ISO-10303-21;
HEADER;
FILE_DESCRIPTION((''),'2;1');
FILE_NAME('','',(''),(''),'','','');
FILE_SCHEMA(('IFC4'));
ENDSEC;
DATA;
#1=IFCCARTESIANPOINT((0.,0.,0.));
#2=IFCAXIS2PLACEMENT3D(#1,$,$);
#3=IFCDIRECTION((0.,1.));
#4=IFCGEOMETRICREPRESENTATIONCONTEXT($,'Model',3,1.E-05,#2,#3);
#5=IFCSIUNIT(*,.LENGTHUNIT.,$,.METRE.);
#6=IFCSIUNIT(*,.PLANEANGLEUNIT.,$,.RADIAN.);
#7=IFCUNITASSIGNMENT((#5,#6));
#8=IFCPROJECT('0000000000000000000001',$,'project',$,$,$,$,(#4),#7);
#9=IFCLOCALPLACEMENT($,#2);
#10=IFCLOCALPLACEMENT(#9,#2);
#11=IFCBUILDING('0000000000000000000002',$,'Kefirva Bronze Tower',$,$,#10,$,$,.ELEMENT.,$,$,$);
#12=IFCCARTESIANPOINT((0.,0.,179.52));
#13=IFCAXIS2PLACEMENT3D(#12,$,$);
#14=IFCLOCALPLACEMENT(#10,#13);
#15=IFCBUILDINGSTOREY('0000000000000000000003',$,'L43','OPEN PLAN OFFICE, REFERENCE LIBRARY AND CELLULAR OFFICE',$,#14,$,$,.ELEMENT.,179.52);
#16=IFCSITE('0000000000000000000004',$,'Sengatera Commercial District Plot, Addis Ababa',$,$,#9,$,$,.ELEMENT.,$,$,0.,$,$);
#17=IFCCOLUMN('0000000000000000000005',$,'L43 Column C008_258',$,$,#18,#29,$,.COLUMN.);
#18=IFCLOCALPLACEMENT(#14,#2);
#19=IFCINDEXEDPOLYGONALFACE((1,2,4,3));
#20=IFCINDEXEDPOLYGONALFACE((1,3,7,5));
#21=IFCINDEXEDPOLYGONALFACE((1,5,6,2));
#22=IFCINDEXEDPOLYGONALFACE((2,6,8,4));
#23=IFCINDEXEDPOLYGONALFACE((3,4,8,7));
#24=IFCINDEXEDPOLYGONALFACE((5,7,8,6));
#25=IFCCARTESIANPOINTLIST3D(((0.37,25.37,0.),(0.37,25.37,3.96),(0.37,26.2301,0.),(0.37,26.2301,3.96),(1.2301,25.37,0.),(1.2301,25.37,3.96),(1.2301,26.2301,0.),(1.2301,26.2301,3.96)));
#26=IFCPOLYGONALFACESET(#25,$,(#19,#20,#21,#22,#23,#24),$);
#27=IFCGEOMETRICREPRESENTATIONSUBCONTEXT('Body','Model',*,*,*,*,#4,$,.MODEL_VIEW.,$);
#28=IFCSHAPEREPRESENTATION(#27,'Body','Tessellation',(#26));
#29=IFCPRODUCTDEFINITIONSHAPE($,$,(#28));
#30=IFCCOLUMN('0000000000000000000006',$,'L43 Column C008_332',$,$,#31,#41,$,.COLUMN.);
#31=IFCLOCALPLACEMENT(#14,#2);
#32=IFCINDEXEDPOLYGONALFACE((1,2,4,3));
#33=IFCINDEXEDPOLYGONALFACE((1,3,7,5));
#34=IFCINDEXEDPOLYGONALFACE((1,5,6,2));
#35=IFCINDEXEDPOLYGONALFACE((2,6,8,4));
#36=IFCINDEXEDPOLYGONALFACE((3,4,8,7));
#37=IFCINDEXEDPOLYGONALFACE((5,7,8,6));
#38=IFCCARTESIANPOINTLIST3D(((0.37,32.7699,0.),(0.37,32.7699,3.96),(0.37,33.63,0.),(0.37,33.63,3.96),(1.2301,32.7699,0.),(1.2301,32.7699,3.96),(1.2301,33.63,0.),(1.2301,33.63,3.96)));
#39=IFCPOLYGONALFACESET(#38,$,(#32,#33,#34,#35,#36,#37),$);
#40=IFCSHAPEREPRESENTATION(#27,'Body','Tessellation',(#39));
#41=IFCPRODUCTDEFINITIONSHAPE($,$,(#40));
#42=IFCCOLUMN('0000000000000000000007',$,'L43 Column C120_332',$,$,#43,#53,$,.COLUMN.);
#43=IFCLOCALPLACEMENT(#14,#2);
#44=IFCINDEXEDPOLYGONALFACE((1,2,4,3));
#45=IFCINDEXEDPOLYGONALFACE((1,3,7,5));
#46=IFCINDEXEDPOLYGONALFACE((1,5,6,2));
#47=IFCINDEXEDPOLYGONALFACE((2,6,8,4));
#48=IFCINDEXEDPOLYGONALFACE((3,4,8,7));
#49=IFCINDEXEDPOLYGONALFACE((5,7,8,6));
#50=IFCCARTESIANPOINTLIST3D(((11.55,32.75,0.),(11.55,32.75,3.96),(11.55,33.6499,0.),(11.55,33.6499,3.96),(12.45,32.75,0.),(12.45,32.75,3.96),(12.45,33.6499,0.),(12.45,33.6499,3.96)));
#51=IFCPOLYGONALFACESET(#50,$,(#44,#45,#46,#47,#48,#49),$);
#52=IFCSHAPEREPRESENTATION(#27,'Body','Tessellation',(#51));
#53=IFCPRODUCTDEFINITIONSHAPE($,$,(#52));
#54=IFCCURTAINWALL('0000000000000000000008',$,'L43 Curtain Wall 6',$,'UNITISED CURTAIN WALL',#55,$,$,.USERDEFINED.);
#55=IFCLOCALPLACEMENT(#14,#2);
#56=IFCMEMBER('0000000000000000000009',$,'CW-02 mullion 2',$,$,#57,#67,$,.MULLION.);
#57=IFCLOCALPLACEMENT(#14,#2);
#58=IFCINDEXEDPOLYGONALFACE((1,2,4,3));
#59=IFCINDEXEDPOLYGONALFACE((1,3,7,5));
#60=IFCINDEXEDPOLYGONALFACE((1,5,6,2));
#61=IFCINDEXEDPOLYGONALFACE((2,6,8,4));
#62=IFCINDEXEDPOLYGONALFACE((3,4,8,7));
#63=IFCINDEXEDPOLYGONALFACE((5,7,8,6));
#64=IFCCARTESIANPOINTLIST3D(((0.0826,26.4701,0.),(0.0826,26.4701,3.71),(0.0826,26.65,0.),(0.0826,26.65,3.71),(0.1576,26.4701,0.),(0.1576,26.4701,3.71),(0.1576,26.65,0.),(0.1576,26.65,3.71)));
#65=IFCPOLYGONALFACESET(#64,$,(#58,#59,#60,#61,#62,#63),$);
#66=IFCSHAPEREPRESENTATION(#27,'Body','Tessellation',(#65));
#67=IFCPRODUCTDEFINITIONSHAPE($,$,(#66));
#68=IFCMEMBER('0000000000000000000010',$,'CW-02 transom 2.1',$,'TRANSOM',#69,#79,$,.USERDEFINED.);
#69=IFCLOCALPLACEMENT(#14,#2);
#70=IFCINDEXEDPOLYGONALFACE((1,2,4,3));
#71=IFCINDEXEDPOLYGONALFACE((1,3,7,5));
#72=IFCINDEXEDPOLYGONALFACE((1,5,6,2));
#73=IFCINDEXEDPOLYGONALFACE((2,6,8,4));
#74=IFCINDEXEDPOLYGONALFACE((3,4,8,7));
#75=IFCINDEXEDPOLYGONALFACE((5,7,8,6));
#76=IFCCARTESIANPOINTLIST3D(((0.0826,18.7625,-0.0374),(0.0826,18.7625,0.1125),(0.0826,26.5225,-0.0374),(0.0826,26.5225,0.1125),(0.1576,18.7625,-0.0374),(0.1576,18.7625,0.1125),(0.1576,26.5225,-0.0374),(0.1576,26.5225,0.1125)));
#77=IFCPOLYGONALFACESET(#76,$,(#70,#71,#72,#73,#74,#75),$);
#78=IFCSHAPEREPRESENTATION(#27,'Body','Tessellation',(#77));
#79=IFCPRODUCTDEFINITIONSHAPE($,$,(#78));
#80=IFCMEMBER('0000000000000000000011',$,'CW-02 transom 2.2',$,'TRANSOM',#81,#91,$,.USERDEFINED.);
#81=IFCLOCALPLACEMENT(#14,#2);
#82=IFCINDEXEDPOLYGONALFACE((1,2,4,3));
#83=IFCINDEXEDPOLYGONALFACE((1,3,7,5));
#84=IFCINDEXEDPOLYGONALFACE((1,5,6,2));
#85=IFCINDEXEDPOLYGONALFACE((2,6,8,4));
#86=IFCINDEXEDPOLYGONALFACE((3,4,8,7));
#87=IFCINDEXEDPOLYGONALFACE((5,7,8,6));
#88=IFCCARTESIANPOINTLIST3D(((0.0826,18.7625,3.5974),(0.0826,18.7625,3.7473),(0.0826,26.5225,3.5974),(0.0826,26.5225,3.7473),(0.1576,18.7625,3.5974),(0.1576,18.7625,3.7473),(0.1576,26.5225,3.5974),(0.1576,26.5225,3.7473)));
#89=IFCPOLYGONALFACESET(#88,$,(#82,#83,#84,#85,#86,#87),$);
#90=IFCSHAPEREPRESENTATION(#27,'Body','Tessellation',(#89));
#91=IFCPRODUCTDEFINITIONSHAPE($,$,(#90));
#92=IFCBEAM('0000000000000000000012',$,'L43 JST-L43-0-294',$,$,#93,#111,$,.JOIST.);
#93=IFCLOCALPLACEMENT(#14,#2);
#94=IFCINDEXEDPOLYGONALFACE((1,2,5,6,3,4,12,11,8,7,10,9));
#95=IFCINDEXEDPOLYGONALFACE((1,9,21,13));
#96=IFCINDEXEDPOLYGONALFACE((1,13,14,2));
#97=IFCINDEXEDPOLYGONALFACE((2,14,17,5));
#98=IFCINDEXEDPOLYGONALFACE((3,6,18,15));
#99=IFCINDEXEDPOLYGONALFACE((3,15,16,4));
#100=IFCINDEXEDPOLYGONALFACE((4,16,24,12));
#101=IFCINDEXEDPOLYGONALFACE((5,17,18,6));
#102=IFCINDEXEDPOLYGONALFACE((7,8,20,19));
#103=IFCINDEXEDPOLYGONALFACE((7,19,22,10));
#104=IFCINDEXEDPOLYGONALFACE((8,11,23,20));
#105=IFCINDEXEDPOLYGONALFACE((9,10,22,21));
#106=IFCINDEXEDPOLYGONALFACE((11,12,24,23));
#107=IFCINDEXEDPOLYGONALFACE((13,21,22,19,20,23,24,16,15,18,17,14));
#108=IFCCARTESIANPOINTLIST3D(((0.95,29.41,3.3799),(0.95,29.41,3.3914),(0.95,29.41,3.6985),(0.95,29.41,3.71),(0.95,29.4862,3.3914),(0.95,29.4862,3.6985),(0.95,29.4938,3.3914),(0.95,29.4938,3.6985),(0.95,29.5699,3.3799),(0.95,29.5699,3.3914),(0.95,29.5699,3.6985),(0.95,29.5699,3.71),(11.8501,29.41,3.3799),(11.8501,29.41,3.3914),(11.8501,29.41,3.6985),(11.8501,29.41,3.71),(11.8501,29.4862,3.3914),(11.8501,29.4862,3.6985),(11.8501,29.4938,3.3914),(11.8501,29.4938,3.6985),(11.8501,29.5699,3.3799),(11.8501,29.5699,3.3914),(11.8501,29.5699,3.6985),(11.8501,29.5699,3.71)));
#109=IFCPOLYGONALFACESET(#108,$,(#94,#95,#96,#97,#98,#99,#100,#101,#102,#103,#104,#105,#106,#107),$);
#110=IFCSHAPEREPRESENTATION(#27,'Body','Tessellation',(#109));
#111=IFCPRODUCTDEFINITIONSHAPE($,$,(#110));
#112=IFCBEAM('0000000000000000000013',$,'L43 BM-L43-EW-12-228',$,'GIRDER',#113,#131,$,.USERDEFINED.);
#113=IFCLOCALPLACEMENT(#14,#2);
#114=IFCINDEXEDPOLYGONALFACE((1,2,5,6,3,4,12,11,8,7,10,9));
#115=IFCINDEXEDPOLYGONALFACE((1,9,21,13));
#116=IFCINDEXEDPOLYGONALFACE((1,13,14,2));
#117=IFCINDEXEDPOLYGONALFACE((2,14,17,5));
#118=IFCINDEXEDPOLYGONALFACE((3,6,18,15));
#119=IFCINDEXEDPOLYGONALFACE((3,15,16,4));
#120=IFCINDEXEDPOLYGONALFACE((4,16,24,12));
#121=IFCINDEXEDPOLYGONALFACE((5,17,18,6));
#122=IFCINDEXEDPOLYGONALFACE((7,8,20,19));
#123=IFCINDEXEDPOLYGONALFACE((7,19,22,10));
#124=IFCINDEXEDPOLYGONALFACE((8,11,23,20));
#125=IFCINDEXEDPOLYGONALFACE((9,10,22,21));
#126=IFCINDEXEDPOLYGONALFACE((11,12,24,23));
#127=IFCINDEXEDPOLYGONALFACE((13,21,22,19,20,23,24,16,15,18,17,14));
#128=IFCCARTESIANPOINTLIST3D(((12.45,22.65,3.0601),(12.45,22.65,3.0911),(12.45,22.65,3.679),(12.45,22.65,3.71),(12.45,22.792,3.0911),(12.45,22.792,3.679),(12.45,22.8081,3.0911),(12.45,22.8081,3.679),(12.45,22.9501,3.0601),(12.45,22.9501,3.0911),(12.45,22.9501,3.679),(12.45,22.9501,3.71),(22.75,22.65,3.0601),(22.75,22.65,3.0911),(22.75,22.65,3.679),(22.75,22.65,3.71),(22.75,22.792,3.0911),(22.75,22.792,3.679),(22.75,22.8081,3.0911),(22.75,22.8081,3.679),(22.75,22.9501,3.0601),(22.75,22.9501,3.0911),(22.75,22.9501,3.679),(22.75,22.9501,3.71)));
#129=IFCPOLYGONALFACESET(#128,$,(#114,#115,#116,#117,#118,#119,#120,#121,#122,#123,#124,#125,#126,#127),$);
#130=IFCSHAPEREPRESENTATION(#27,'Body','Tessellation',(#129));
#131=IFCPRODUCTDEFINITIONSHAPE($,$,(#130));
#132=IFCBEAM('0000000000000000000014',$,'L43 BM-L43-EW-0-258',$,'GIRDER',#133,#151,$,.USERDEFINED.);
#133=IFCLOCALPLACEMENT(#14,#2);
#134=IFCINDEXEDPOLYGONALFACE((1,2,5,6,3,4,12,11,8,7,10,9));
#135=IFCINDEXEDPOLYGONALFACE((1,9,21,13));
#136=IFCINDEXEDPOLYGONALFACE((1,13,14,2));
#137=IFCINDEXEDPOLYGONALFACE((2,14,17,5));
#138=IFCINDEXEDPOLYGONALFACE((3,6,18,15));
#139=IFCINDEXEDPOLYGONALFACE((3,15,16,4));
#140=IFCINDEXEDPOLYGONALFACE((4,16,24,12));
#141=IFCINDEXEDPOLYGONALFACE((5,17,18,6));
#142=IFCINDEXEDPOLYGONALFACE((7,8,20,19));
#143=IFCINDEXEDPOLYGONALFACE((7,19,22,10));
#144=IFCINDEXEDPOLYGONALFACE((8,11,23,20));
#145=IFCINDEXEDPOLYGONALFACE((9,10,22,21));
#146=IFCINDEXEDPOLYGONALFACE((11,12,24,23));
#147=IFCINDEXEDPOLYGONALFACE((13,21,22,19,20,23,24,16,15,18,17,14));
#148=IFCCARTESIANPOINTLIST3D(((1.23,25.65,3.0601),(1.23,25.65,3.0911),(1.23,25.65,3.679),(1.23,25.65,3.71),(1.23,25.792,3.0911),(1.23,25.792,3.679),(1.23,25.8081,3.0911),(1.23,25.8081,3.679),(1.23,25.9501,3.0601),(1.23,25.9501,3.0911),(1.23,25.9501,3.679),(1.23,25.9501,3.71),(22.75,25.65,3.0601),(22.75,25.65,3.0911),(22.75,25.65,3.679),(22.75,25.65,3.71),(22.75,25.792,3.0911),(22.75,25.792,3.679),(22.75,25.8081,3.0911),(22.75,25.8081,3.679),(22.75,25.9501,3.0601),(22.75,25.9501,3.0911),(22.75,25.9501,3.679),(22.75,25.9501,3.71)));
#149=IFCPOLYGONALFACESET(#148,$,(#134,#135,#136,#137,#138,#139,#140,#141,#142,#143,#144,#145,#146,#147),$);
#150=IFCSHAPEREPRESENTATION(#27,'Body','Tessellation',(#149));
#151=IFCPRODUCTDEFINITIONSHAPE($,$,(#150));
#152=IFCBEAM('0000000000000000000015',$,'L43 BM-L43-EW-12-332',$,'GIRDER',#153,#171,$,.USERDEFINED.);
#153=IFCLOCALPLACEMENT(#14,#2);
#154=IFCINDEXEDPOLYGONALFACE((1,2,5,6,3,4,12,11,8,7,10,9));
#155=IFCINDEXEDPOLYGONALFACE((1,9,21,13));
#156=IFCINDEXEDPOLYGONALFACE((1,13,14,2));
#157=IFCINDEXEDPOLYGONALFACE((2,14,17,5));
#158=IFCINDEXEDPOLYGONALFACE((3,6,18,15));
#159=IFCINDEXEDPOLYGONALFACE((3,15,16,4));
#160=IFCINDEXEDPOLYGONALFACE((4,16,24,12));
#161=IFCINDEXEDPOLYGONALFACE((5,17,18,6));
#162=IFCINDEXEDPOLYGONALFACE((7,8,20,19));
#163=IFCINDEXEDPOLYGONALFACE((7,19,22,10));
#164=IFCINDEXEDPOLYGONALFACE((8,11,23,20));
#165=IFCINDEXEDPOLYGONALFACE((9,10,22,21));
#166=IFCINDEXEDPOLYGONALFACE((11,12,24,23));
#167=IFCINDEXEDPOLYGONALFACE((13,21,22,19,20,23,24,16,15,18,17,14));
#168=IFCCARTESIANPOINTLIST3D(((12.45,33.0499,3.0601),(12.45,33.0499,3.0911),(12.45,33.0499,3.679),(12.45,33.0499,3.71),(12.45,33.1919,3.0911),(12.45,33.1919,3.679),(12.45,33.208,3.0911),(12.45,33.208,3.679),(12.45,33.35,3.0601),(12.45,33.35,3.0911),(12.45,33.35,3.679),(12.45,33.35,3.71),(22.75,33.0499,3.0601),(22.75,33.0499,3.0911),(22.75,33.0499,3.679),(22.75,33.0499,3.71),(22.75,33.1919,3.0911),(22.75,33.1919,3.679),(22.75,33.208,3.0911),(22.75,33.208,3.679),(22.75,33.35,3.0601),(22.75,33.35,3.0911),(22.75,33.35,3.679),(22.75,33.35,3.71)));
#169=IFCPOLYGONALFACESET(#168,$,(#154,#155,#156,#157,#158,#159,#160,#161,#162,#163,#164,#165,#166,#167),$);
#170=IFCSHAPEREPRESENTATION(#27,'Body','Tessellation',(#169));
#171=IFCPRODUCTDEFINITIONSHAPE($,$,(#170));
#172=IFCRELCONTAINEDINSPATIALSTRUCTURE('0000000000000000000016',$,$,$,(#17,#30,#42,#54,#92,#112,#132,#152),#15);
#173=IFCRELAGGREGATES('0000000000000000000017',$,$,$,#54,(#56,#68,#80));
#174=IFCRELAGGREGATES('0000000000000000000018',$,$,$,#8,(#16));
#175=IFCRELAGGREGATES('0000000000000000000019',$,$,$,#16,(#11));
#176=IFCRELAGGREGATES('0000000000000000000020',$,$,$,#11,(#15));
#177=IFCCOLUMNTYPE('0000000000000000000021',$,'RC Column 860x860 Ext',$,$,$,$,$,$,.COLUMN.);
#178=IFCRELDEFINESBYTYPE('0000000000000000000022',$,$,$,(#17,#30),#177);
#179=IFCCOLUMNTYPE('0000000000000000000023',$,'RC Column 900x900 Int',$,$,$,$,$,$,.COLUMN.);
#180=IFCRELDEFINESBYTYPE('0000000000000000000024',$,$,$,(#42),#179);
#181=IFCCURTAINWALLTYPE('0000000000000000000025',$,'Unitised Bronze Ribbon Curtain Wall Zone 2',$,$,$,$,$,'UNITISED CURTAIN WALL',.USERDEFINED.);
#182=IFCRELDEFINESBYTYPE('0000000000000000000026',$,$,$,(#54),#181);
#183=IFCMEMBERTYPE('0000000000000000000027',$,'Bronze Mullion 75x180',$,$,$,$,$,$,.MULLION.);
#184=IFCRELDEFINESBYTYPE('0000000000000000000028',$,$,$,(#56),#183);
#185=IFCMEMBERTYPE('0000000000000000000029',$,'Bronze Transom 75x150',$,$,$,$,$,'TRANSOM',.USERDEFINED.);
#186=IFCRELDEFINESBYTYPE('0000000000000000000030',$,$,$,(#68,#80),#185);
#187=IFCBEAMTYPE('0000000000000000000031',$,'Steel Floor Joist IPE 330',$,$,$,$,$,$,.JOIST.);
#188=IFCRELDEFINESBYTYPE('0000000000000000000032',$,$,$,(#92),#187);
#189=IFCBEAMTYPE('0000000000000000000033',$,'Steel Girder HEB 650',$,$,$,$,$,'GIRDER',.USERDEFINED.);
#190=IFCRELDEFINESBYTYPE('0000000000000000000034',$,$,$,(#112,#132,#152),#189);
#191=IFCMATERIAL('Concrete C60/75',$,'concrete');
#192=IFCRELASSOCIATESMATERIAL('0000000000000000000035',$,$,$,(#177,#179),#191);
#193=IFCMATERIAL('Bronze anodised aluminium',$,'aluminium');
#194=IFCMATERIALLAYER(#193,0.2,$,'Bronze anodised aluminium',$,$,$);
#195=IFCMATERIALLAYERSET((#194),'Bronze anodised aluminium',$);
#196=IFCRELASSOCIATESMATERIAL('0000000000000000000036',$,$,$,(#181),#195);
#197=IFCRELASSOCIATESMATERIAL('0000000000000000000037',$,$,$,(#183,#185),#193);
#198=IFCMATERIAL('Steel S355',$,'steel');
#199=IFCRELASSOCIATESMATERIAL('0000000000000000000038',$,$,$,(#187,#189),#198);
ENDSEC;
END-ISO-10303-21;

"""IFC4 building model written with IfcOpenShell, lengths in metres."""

from ifc_helpers import new_model, si_unit, direction, frame, origin, origin_2d, place, context, subcontext, project, spatial, rectangle, i_section, extrude, material, layer, layer_set, material_profile, profile_set, type_object, element, aggregate, save


model = new_model("IFC4")

# Units and contexts
model_context = context("Model", 3, precision=1e-05, world=origin(), true_north=direction((0.0, 1.0)))
body_context = subcontext(model_context, "Body", "Model", "MODEL_VIEW")
ifc_project = project(units=[si_unit("LENGTHUNIT", "METRE"), si_unit("PLANEANGLEUNIT", "RADIAN")], contexts=[model_context])

# Site, building, storey
site_placement = place(None, origin())
site = spatial("IfcSite", under=ifc_project, at=site_placement, Name="Sengatera Commercial District Plot, Addis Ababa", CompositionType="ELEMENT", RefElevation=0.0)
building_placement = place(site_placement, origin())
building = spatial("IfcBuilding", under=site, at=building_placement, Name="Kefirva Bronze Tower", CompositionType="ELEMENT")
storey_placement = place(building_placement, frame((0.0, 0.0, 179.52)))
storey = spatial("IfcBuildingStorey", under=building, at=storey_placement, Name="L43", Description="OPEN PLAN OFFICE, REFERENCE LIBRARY AND CELLULAR OFFICE", CompositionType="ELEMENT", Elevation=179.52)

# Columns
ifc_material_1 = material(Name="Concrete C60/75", Category="concrete")
ifc_material_profile_1 = material_profile(ifc_material_1, rectangle(XDim=0.8601, YDim=0.8601, at=origin_2d()), Name="RC 860x860")
ifc_profile_set_1 = profile_set([ifc_material_profile_1], Name="Concrete C60/75")
column_type_1 = type_object("IfcColumnType", Name="RC Column 860x860 Ext", PredefinedType="COLUMN", material=ifc_profile_set_1)
for number, where, z_axis, x_axis, name in (
    (1, (0.8, 25.8, 0.0), (0.0, 0.0, 1.0), (1.0, 0.0, 0.0), "L43 Column C008_258"),
    (2, (0.8, 33.2, 0.0), (0.0, 0.0, 1.0), (1.0, 0.0, 0.0), "L43 Column C008_332"),
):
    element("IfcColumn", number, at=place(storey_placement, frame(where, z_axis=z_axis, x_axis=x_axis)), inside=storey, type_object=column_type_1, Name=name, PredefinedType="COLUMN", context=body_context, shape_type="SweptSolid", body=[
        extrude(rectangle(XDim=0.8601, YDim=0.8601, at=origin_2d()), origin(), (0.0, 0.0, 1.0), 3.96),
    ])
ifc_material_profile_2 = material_profile(ifc_material_1, rectangle(XDim=0.8999, YDim=0.8999, at=origin_2d()), Name="RC 900x900")
ifc_profile_set_2 = profile_set([ifc_material_profile_2], Name="Concrete C60/75")
column_type_2 = type_object("IfcColumnType", Name="RC Column 900x900 Int", PredefinedType="COLUMN", material=ifc_profile_set_2)
column_placement = place(storey_placement, frame((12.0, 33.2, 0.0), z_axis=(0.0, 0.0, 1.0), x_axis=(1.0, 0.0, 0.0)))
element("IfcColumn", 3, at=column_placement, inside=storey, type_object=column_type_2, Name="L43 Column C120_332", PredefinedType="COLUMN", context=body_context, shape_type="SweptSolid", body=[
    extrude(rectangle(XDim=0.8999, YDim=0.8999, at=origin_2d()), origin(), (0.0, 0.0, 1.0), 3.96),
])

# Curtain wall, members
ifc_material_2 = material(Name="Bronze anodised aluminium", Category="aluminium")
ifc_layer_1 = layer(ifc_material_2, 0.2, Name="Bronze anodised aluminium")
ifc_layer_set_1 = layer_set([ifc_layer_1], Name="Bronze anodised aluminium")
curtain_wall_type = type_object("IfcCurtainWallType", Name="Unitised Bronze Ribbon Curtain Wall Zone 2", ElementType="UNITISED CURTAIN WALL", PredefinedType="USERDEFINED", material=ifc_layer_set_1)
curtain_wall_placement = place(storey_placement, origin())
curtain_wall = element("IfcCurtainWall", 4, at=curtain_wall_placement, inside=storey, type_object=curtain_wall_type, Name="L43 Curtain Wall 6", ObjectType="UNITISED CURTAIN WALL", PredefinedType="USERDEFINED")
ifc_material_profile_3 = material_profile(ifc_material_2, rectangle(XDim=0.075, YDim=0.1799, at=origin_2d()), Name="ALU 75x180")
ifc_profile_set_3 = profile_set([ifc_material_profile_3], Name="Bronze anodised aluminium")
member_type_1 = type_object("IfcMemberType", Name="Bronze Mullion 75x180", PredefinedType="MULLION", material=ifc_profile_set_3)
member_1_placement = place(storey_placement, frame((0.1201, 26.5601, 0.0), z_axis=(0.0, 0.0, 1.0), x_axis=(1.0, 0.0, 0.0)))
member_1 = element("IfcMember", 5, at=member_1_placement, type_object=member_type_1, Name="CW-02 mullion 2", PredefinedType="MULLION", context=body_context, shape_type="SweptSolid", body=[
    extrude(rectangle(XDim=0.075, YDim=0.1799, at=origin_2d()), origin(), (0.0, 0.0, 1.0), 3.71),
])
ifc_material_profile_4 = material_profile(ifc_material_2, rectangle(XDim=0.075, YDim=0.1499, at=origin_2d()), Name="ALU 75x150")
ifc_profile_set_4 = profile_set([ifc_material_profile_4], Name="Bronze anodised aluminium")
member_type_2 = type_object("IfcMemberType", Name="Bronze Transom 75x150", ElementType="TRANSOM", PredefinedType="USERDEFINED", material=ifc_profile_set_4)
member_2_placement = place(storey_placement, frame((0.1201, 26.5225, 0.0376), z_axis=(0.0, -1.0, 0.0), x_axis=(1.0, 0.0, 0.0)))
member_2 = element("IfcMember", 6, at=member_2_placement, type_object=member_type_2, Name="CW-02 transom 2.1", ObjectType="TRANSOM", PredefinedType="USERDEFINED", context=body_context, shape_type="SweptSolid", body=[
    extrude(rectangle(XDim=0.075, YDim=0.1499, at=origin_2d()), origin(), (0.0, 0.0, 1.0), 7.76),
])
member_3_placement = place(storey_placement, frame((0.1201, 26.5225, 3.6724), z_axis=(0.0, -1.0, 0.0), x_axis=(1.0, 0.0, 0.0)))
member_3 = element("IfcMember", 7, at=member_3_placement, type_object=member_type_2, Name="CW-02 transom 2.2", ObjectType="TRANSOM", PredefinedType="USERDEFINED", context=body_context, shape_type="SweptSolid", body=[
    extrude(rectangle(XDim=0.075, YDim=0.1499, at=origin_2d()), origin(), (0.0, 0.0, 1.0), 7.76),
])

# Beams
ifc_material_3 = material(Name="Steel S355", Category="steel")
ifc_material_profile_5 = material_profile(ifc_material_3, i_section(OverallWidth=0.1599, OverallDepth=0.3301, WebThickness=0.0076, FlangeThickness=0.0115, at=origin_2d()), Name="IPE 330")
ifc_profile_set_5 = profile_set([ifc_material_profile_5], Name="Steel S355")
beam_type_1 = type_object("IfcBeamType", Name="Steel Floor Joist IPE 330", PredefinedType="JOIST", material=ifc_profile_set_5)
beam_1_placement = place(storey_placement, frame((0.95, 29.49, 3.5449), z_axis=(1.0, 0.0, 0.0), x_axis=(0.0, 1.0, 0.0)))
element("IfcBeam", 8, at=beam_1_placement, inside=storey, type_object=beam_type_1, Name="L43 JST-L43-0-294", PredefinedType="JOIST", context=body_context, shape_type="SweptSolid", body=[
    extrude(i_section(OverallWidth=0.1599, OverallDepth=0.3301, WebThickness=0.0076, FlangeThickness=0.0115, at=origin_2d()), origin(), (0.0, 0.0, 1.0), 10.9001),
])
ifc_material_profile_6 = material_profile(ifc_material_3, i_section(OverallWidth=0.3, OverallDepth=0.6499, WebThickness=0.0161, FlangeThickness=0.031, at=origin_2d()), Name="HEB 650")
ifc_profile_set_6 = profile_set([ifc_material_profile_6], Name="Steel S355")
beam_type_2 = type_object("IfcBeamType", Name="Steel Girder HEB 650", ElementType="GIRDER", PredefinedType="USERDEFINED", material=ifc_profile_set_6)
beam_2_placement = place(storey_placement, frame((12.45, 22.8, 3.385), z_axis=(1.0, 0.0, 0.0), x_axis=(0.0, 1.0, 0.0)))
element("IfcBeam", 9, at=beam_2_placement, inside=storey, type_object=beam_type_2, Name="L43 BM-L43-EW-12-228", ObjectType="GIRDER", PredefinedType="USERDEFINED", context=body_context, shape_type="SweptSolid", body=[
    extrude(i_section(OverallWidth=0.3, OverallDepth=0.6499, WebThickness=0.0161, FlangeThickness=0.031, at=origin_2d()), origin(), (0.0, 0.0, 1.0), 10.3),
])
beam_3_placement = place(storey_placement, frame((1.23, 25.8, 3.385), z_axis=(1.0, 0.0, 0.0), x_axis=(0.0, 1.0, 0.0)))
element("IfcBeam", 10, at=beam_3_placement, inside=storey, type_object=beam_type_2, Name="L43 BM-L43-EW-0-258", ObjectType="GIRDER", PredefinedType="USERDEFINED", context=body_context, shape_type="SweptSolid", body=[
    extrude(i_section(OverallWidth=0.3, OverallDepth=0.6499, WebThickness=0.0161, FlangeThickness=0.031, at=origin_2d()), origin(), (0.0, 0.0, 1.0), 21.52),
])
beam_4_placement = place(storey_placement, frame((12.45, 33.2, 3.385), z_axis=(1.0, 0.0, 0.0), x_axis=(0.0, 1.0, 0.0)))
element("IfcBeam", 11, at=beam_4_placement, inside=storey, type_object=beam_type_2, Name="L43 BM-L43-EW-12-332", ObjectType="GIRDER", PredefinedType="USERDEFINED", context=body_context, shape_type="SweptSolid", body=[
    extrude(i_section(OverallWidth=0.3, OverallDepth=0.6499, WebThickness=0.0161, FlangeThickness=0.031, at=origin_2d()), origin(), (0.0, 0.0, 1.0), 10.3),
])

aggregate(curtain_wall, [member_1, member_2, member_3])

save(model, "model.ifc")
